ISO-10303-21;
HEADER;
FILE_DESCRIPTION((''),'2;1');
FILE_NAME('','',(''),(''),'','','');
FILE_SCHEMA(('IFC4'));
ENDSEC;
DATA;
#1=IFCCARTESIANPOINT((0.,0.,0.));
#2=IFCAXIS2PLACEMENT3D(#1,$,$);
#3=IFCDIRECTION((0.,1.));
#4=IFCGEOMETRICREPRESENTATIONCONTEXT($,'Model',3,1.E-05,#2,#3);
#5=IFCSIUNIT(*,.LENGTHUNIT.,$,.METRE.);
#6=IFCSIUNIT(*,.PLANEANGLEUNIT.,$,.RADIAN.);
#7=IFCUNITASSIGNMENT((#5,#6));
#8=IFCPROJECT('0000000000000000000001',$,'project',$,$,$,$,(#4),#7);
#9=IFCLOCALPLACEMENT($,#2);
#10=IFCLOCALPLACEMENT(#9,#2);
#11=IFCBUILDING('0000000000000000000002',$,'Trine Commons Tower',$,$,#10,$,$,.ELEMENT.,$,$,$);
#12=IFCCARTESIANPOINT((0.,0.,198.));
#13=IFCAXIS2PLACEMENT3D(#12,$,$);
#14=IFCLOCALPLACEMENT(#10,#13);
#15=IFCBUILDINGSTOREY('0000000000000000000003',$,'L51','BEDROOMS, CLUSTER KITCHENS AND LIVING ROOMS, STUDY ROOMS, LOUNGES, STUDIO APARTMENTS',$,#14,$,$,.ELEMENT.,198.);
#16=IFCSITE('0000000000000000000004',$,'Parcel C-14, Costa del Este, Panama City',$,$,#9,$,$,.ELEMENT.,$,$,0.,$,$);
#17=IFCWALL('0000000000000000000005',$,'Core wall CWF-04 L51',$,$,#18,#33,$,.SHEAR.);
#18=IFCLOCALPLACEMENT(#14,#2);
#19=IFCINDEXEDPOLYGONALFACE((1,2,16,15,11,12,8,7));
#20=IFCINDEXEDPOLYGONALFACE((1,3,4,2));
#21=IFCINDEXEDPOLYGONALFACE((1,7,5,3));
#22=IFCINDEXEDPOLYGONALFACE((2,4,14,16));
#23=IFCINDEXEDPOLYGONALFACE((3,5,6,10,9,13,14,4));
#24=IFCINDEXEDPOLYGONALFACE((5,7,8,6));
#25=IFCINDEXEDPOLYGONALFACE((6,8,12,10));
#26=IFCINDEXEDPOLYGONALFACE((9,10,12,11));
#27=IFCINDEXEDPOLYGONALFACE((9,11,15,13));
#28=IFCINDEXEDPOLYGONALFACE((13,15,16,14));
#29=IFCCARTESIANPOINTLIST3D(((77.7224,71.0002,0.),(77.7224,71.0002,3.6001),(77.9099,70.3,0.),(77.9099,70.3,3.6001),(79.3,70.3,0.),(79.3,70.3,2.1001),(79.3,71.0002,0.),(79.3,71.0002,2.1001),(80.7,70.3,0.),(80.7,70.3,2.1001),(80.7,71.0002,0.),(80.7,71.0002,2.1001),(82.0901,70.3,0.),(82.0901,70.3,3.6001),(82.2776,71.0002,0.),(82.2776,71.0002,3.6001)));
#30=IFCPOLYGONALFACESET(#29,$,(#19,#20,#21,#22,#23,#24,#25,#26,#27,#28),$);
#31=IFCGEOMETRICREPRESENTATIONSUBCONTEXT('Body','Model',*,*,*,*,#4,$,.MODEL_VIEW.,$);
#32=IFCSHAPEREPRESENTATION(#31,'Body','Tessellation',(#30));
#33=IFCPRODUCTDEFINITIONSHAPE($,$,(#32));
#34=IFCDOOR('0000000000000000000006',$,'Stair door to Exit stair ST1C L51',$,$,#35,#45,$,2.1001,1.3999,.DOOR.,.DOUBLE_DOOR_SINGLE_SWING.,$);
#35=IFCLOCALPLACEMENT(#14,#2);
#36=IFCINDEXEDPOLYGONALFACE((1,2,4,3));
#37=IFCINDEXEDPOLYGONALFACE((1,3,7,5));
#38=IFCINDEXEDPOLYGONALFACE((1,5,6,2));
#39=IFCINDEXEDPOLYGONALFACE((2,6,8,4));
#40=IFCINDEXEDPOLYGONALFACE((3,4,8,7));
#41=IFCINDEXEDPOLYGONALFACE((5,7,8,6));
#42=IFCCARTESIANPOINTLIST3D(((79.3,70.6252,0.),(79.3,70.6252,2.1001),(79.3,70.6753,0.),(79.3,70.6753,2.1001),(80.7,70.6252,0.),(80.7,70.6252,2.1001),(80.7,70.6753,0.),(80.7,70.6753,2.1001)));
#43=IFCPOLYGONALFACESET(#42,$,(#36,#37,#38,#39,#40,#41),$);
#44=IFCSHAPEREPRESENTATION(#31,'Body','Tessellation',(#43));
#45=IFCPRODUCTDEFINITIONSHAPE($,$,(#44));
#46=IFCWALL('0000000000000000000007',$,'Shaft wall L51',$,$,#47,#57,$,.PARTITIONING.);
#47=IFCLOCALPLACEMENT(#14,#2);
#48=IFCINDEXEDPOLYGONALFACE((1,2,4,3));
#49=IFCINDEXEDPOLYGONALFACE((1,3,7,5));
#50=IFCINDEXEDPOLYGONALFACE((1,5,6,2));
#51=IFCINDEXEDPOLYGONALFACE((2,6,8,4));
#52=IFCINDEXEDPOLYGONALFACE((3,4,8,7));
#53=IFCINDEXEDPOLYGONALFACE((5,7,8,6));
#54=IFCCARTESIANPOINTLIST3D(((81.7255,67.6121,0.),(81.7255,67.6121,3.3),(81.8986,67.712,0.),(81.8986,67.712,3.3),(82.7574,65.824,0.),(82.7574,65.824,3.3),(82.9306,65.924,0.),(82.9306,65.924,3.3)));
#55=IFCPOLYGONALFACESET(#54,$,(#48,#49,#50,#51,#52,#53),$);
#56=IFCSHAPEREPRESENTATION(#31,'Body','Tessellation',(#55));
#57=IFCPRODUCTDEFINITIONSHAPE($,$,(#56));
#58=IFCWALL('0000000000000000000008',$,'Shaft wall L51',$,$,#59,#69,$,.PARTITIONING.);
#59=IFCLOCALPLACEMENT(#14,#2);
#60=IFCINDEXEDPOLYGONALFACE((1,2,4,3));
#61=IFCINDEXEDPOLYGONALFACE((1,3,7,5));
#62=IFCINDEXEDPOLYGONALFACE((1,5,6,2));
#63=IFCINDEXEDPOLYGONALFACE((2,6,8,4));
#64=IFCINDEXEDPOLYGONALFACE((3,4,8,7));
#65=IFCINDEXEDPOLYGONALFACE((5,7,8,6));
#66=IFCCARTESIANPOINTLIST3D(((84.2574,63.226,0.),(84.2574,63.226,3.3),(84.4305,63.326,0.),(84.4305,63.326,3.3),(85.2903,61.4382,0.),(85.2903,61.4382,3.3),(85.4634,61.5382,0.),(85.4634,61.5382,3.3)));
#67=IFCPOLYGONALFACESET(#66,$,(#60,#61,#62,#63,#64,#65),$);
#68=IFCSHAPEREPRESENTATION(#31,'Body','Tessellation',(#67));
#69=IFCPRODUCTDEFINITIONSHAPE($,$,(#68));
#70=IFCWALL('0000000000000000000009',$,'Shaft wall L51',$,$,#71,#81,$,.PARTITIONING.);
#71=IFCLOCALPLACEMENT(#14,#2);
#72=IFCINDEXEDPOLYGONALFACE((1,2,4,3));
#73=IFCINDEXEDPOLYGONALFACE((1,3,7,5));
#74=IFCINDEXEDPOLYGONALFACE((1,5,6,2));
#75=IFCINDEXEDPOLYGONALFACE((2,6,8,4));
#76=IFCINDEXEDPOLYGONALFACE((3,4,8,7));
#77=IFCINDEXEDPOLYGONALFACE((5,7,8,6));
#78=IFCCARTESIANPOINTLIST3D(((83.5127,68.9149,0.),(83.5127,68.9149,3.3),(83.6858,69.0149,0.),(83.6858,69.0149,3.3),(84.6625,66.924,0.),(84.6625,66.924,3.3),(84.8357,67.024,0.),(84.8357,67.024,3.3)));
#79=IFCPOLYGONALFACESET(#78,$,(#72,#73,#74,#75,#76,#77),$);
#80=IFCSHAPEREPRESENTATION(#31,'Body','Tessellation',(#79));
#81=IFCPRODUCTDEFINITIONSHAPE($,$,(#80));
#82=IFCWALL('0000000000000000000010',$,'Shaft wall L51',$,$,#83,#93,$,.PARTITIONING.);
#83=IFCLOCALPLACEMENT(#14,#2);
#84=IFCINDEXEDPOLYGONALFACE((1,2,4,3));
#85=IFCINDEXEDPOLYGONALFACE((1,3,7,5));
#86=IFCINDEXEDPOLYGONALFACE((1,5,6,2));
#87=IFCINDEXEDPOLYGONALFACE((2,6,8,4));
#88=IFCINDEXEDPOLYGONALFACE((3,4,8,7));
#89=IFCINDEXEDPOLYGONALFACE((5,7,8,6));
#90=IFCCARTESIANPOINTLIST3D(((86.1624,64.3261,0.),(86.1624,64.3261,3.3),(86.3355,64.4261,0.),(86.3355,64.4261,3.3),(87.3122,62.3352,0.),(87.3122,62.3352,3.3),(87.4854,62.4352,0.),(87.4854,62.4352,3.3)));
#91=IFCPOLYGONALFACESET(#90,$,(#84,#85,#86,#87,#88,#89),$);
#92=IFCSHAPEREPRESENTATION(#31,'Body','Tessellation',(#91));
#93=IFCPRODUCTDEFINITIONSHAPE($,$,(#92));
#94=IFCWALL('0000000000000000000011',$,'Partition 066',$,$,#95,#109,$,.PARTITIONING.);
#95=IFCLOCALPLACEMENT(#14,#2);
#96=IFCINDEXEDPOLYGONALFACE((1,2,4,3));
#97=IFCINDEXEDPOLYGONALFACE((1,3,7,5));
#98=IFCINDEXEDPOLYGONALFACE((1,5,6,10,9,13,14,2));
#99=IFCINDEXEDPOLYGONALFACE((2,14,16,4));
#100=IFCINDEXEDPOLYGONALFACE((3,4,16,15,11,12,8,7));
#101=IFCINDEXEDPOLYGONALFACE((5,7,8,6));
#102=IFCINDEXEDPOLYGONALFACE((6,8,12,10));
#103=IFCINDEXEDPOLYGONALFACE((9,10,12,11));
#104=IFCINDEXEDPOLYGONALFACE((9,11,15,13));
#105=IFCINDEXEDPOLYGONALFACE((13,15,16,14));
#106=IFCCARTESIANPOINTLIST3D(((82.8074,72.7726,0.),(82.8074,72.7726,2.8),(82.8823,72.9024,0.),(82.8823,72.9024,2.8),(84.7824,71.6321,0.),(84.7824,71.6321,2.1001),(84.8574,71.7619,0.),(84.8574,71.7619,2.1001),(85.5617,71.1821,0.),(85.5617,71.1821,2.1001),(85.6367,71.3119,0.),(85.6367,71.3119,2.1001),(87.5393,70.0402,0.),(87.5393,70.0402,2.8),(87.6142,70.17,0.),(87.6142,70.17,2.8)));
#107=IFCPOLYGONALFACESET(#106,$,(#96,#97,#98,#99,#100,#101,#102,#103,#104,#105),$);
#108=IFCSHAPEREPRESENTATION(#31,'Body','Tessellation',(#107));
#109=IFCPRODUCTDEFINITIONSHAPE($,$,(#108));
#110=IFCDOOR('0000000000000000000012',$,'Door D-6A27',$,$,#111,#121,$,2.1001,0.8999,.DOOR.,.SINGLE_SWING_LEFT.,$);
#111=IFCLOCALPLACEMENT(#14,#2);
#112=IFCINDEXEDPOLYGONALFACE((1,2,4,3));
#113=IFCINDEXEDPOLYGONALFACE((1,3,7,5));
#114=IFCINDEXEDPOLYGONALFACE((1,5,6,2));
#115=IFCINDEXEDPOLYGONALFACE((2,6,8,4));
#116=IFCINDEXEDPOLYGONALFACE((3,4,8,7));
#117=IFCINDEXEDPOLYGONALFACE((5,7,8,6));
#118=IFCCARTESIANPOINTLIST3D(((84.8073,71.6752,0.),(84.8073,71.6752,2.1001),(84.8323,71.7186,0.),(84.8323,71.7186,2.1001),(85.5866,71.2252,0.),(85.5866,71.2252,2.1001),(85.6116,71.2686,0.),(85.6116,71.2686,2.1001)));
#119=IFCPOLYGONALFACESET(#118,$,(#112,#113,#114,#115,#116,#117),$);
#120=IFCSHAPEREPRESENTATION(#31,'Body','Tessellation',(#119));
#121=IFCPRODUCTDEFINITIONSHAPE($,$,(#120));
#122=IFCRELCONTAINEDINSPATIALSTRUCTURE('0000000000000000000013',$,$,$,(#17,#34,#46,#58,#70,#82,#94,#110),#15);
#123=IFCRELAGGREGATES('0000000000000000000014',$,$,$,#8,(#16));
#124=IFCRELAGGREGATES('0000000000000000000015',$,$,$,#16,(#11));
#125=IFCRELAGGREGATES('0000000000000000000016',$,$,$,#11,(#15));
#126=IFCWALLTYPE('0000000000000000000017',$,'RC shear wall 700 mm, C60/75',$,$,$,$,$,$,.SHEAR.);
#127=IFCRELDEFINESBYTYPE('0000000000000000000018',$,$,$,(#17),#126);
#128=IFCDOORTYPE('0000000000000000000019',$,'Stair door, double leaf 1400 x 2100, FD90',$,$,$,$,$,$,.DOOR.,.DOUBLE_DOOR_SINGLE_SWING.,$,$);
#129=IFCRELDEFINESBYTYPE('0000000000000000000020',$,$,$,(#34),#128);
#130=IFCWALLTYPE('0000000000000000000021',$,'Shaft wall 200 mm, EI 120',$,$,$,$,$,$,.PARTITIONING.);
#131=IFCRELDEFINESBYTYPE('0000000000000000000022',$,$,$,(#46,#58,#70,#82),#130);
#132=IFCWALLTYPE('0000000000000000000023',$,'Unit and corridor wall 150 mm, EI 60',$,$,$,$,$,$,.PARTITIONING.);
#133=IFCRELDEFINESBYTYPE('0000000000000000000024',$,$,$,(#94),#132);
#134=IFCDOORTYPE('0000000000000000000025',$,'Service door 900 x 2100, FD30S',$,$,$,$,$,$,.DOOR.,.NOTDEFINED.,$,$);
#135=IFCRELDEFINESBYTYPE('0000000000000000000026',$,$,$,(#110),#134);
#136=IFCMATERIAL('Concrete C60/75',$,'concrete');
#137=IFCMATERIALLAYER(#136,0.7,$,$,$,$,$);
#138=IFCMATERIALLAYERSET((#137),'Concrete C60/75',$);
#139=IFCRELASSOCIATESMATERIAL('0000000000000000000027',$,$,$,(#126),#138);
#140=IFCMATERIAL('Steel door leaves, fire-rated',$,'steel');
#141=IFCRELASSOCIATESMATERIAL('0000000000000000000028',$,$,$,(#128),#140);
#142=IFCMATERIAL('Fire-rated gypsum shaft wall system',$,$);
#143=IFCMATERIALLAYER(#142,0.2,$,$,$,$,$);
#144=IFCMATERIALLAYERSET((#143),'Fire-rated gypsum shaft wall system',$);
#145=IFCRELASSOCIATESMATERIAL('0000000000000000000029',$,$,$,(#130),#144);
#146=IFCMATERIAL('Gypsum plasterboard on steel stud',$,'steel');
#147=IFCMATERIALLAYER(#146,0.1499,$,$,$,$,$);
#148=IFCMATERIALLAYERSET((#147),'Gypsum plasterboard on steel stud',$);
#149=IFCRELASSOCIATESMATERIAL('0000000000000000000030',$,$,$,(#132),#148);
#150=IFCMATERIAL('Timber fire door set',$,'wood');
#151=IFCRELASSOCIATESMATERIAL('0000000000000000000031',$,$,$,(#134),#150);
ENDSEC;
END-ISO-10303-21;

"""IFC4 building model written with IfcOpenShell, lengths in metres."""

from ifc_helpers import new_model, si_unit, direction, frame, frame_2d, origin, place, context, subcontext, project, spatial, polyline, rectangle, outline, extrude, material, layer, layer_set, type_object, element, fill, save


model = new_model("IFC4")

# Units and contexts
model_context = context("Model", 3, precision=1e-05, world=origin(), true_north=direction((0.0, 1.0)))
body_context = subcontext(model_context, "Body", "Model", "MODEL_VIEW")
ifc_project = project(units=[si_unit("LENGTHUNIT", "METRE"), si_unit("PLANEANGLEUNIT", "RADIAN")], contexts=[model_context])

# Site, building, storey
site_placement = place(None, origin())
site = spatial("IfcSite", under=ifc_project, at=site_placement, Name="Parcel C-14, Costa del Este, Panama City", CompositionType="ELEMENT", RefElevation=0.0)
building_placement = place(site_placement, origin())
building = spatial("IfcBuilding", under=site, at=building_placement, Name="Trine Commons Tower", CompositionType="ELEMENT")
storey_placement = place(building_placement, frame((0.0, 0.0, 198.0)))
storey = spatial("IfcBuildingStorey", under=building, at=storey_placement, Name="L51", Description="BEDROOMS, CLUSTER KITCHENS AND LIVING ROOMS, STUDY ROOMS, LOUNGES, STUDIO APARTMENTS", CompositionType="ELEMENT", Elevation=198.0)

# Wall, opening, door
ifc_material_1 = material(Name="Fire-rated gypsum shaft wall system")
ifc_material_2 = material(Name="Concrete C60/75", Category="concrete")
ifc_layer_1 = layer(ifc_material_2, 0.7)
ifc_layer_set_1 = layer_set([ifc_layer_1], Name="Concrete C60/75")
wall_type_1 = type_object("IfcWallType", Name="RC shear wall 700 mm, C60/75", PredefinedType="SHEAR", material=ifc_layer_set_1)
wall_1_placement = place(storey_placement, frame((82.2776, 70.6501, 0.0), z_axis=(0.0, 0.0, 1.0), x_axis=(-1.0, 0.0, 0.0)))
wall_1 = element("IfcWall", 1, at=wall_1_placement, inside=storey, type_object=wall_type_1, Name="Core wall CWF-04 L51", PredefinedType="SHEAR", context=body_context, shape_type="SweptSolid", body=[
    extrude(outline(polyline([(0.0, -0.3501), (4.5552, -0.3501), (4.3677, 0.3501), (0.1875, 0.3501), (0.0, -0.3501)])), origin(), (0.0, 0.0, 1.0), 3.6001),
])
opening_1_placement = place(wall_1_placement, frame((1.5776, 0.0, 0.0)))
opening_1 = element("IfcOpeningElement", 2, at=opening_1_placement, cuts=wall_1, PredefinedType="OPENING", context=body_context, shape_type="SweptSolid", body=[
    extrude(rectangle(XDim=1.3999, YDim=2.1001, at=frame_2d((0.7, 1.05))), frame((0.0, 0.3599, 0.0), z_axis=(0.0, -1.0, 0.0), x_axis=(1.0, 0.0, 0.0)), (0.0, 0.0, 1.0), 0.72),
])
ifc_material_3 = material(Name="Steel door leaves, fire-rated", Category="steel")
door_type_1 = type_object("IfcDoorType", Name="Stair door, double leaf 1400 x 2100, FD90", OperationType="DOUBLE_DOOR_SINGLE_SWING", PredefinedType="DOOR", material=ifc_material_3)
door_1_placement = place(opening_1_placement, origin())
door_1 = element("IfcDoor", 3, at=door_1_placement, inside=storey, type_object=door_type_1, Name="Stair door to Exit stair ST1C L51", OperationType="DOUBLE_DOOR_SINGLE_SWING", OverallHeight=2.1001, OverallWidth=1.3999, PredefinedType="DOOR", context=body_context, shape_type="SweptSolid", body=[
    extrude(rectangle(XDim=1.3999, YDim=2.1001, at=frame_2d((0.7, 1.05))), frame((0.0, 0.0249, 0.0), z_axis=(0.0, -1.0, 0.0), x_axis=(1.0, 0.0, 0.0)), (0.0, 0.0, 1.0), 0.05),
])
fill(opening_1, door_1)

# Walls
ifc_layer_2 = layer(ifc_material_1, 0.2)
ifc_layer_set_2 = layer_set([ifc_layer_2], Name="Fire-rated gypsum shaft wall system")
wall_type_2 = type_object("IfcWallType", Name="Shaft wall 200 mm, EI 120", PredefinedType="PARTITIONING", material=ifc_layer_set_2)
wall_2_placement = place(storey_placement, frame((82.844, 65.874, 0.0), z_axis=(0.0, 0.0, 1.0), x_axis=(-0.499866, 0.866103, 0.0)))
element("IfcWall", 4, at=wall_2_placement, inside=storey, type_object=wall_type_2, Name="Shaft wall L51", PredefinedType="PARTITIONING", context=body_context, shape_type="SweptSolid", body=[
    extrude(rectangle(XDim=2.0645, YDim=0.2, at=frame_2d((1.0322, 0.0))), origin(), (0.0, 0.0, 1.0), 3.3),
])
wall_3_placement = place(storey_placement, frame((84.344, 63.2759, 0.0), z_axis=(0.0, 0.0, 1.0), x_axis=(0.500272, -0.865868, 0.0)))
element("IfcWall", 5, at=wall_3_placement, inside=storey, type_object=wall_type_2, Name="Shaft wall L51", PredefinedType="PARTITIONING", context=body_context, shape_type="SweptSolid", body=[
    extrude(rectangle(XDim=2.0647, YDim=0.2, at=frame_2d((1.0322, 0.0))), origin(), (0.0, 0.0, 1.0), 3.3),
])
for number, where, z_axis, x_axis, name in (
    (6, (84.749, 66.9741, 0.0), (0.0, 0.0, 1.0), (-0.500136, 0.865947, 0.0), "Shaft wall L51"),
    (7, (86.249, 64.376, 0.0), (0.0, 0.0, 1.0), (0.500136, -0.865947, 0.0), "Shaft wall L51"),
):
    element("IfcWall", number, at=place(storey_placement, frame(where, z_axis=z_axis, x_axis=x_axis)), inside=storey, type_object=wall_type_2, Name=name, PredefinedType="PARTITIONING", context=body_context, shape_type="SweptSolid", body=[
        extrude(rectangle(XDim=2.2991, YDim=0.2, at=frame_2d((1.1494, 0.0))), origin(), (0.0, 0.0, 1.0), 3.3),
    ])

# Wall, opening, door
ifc_material_4 = material(Name="Gypsum plasterboard on steel stud", Category="steel")
ifc_layer_3 = layer(ifc_material_4, 0.1499)
ifc_layer_set_3 = layer_set([ifc_layer_3], Name="Gypsum plasterboard on steel stud")
wall_type_3 = type_object("IfcWallType", Name="Unit and corridor wall 150 mm, EI 60", PredefinedType="PARTITIONING", material=ifc_layer_set_3)
wall_4_placement = place(storey_placement, frame((82.845, 72.8374, 0.0), z_axis=(0.0, 0.0, 1.0), x_axis=(0.865991, -0.50006, 0.0)))
wall_4 = element("IfcWall", 8, at=wall_4_placement, inside=storey, type_object=wall_type_3, Name="Partition 066", PredefinedType="PARTITIONING", context=body_context, shape_type="SweptSolid", body=[
    extrude(rectangle(XDim=5.4641, YDim=0.1499, at=frame_2d((2.7319, 0.0))), origin(), (0.0, 0.0, 1.0), 2.8),
])
opening_2_placement = place(wall_4_placement, frame((2.2805, 0.0, 0.0)))
opening_2 = element("IfcOpeningElement", 9, at=opening_2_placement, cuts=wall_4, PredefinedType="OPENING", context=body_context, shape_type="SweptSolid", body=[
    extrude(rectangle(XDim=0.8999, YDim=2.1001, at=frame_2d((0.45, 1.05))), frame((0.0, 0.085, 0.0), z_axis=(0.0, -1.0, 0.0), x_axis=(1.0, 0.0, 0.0)), (0.0, 0.0, 1.0), 0.1699),
])
ifc_material_5 = material(Name="Timber fire door set", Category="wood")
door_type_2 = type_object("IfcDoorType", Name="Service door 900 x 2100, FD30S", OperationType="NOTDEFINED", PredefinedType="DOOR", material=ifc_material_5)
door_2_placement = place(opening_2_placement, origin())
door_2 = element("IfcDoor", 10, at=door_2_placement, inside=storey, type_object=door_type_2, Name="Door D-6A27", OperationType="SINGLE_SWING_LEFT", OverallHeight=2.1001, OverallWidth=0.8999, PredefinedType="DOOR", context=body_context, shape_type="SweptSolid", body=[
    extrude(rectangle(XDim=0.8999, YDim=2.1001, at=frame_2d((0.45, 1.05))), frame((0.0, 0.0249, 0.0), z_axis=(0.0, -1.0, 0.0), x_axis=(1.0, 0.0, 0.0)), (0.0, 0.0, 1.0), 0.05),
])
fill(opening_2, door_2)

save(model, "model.ifc")
